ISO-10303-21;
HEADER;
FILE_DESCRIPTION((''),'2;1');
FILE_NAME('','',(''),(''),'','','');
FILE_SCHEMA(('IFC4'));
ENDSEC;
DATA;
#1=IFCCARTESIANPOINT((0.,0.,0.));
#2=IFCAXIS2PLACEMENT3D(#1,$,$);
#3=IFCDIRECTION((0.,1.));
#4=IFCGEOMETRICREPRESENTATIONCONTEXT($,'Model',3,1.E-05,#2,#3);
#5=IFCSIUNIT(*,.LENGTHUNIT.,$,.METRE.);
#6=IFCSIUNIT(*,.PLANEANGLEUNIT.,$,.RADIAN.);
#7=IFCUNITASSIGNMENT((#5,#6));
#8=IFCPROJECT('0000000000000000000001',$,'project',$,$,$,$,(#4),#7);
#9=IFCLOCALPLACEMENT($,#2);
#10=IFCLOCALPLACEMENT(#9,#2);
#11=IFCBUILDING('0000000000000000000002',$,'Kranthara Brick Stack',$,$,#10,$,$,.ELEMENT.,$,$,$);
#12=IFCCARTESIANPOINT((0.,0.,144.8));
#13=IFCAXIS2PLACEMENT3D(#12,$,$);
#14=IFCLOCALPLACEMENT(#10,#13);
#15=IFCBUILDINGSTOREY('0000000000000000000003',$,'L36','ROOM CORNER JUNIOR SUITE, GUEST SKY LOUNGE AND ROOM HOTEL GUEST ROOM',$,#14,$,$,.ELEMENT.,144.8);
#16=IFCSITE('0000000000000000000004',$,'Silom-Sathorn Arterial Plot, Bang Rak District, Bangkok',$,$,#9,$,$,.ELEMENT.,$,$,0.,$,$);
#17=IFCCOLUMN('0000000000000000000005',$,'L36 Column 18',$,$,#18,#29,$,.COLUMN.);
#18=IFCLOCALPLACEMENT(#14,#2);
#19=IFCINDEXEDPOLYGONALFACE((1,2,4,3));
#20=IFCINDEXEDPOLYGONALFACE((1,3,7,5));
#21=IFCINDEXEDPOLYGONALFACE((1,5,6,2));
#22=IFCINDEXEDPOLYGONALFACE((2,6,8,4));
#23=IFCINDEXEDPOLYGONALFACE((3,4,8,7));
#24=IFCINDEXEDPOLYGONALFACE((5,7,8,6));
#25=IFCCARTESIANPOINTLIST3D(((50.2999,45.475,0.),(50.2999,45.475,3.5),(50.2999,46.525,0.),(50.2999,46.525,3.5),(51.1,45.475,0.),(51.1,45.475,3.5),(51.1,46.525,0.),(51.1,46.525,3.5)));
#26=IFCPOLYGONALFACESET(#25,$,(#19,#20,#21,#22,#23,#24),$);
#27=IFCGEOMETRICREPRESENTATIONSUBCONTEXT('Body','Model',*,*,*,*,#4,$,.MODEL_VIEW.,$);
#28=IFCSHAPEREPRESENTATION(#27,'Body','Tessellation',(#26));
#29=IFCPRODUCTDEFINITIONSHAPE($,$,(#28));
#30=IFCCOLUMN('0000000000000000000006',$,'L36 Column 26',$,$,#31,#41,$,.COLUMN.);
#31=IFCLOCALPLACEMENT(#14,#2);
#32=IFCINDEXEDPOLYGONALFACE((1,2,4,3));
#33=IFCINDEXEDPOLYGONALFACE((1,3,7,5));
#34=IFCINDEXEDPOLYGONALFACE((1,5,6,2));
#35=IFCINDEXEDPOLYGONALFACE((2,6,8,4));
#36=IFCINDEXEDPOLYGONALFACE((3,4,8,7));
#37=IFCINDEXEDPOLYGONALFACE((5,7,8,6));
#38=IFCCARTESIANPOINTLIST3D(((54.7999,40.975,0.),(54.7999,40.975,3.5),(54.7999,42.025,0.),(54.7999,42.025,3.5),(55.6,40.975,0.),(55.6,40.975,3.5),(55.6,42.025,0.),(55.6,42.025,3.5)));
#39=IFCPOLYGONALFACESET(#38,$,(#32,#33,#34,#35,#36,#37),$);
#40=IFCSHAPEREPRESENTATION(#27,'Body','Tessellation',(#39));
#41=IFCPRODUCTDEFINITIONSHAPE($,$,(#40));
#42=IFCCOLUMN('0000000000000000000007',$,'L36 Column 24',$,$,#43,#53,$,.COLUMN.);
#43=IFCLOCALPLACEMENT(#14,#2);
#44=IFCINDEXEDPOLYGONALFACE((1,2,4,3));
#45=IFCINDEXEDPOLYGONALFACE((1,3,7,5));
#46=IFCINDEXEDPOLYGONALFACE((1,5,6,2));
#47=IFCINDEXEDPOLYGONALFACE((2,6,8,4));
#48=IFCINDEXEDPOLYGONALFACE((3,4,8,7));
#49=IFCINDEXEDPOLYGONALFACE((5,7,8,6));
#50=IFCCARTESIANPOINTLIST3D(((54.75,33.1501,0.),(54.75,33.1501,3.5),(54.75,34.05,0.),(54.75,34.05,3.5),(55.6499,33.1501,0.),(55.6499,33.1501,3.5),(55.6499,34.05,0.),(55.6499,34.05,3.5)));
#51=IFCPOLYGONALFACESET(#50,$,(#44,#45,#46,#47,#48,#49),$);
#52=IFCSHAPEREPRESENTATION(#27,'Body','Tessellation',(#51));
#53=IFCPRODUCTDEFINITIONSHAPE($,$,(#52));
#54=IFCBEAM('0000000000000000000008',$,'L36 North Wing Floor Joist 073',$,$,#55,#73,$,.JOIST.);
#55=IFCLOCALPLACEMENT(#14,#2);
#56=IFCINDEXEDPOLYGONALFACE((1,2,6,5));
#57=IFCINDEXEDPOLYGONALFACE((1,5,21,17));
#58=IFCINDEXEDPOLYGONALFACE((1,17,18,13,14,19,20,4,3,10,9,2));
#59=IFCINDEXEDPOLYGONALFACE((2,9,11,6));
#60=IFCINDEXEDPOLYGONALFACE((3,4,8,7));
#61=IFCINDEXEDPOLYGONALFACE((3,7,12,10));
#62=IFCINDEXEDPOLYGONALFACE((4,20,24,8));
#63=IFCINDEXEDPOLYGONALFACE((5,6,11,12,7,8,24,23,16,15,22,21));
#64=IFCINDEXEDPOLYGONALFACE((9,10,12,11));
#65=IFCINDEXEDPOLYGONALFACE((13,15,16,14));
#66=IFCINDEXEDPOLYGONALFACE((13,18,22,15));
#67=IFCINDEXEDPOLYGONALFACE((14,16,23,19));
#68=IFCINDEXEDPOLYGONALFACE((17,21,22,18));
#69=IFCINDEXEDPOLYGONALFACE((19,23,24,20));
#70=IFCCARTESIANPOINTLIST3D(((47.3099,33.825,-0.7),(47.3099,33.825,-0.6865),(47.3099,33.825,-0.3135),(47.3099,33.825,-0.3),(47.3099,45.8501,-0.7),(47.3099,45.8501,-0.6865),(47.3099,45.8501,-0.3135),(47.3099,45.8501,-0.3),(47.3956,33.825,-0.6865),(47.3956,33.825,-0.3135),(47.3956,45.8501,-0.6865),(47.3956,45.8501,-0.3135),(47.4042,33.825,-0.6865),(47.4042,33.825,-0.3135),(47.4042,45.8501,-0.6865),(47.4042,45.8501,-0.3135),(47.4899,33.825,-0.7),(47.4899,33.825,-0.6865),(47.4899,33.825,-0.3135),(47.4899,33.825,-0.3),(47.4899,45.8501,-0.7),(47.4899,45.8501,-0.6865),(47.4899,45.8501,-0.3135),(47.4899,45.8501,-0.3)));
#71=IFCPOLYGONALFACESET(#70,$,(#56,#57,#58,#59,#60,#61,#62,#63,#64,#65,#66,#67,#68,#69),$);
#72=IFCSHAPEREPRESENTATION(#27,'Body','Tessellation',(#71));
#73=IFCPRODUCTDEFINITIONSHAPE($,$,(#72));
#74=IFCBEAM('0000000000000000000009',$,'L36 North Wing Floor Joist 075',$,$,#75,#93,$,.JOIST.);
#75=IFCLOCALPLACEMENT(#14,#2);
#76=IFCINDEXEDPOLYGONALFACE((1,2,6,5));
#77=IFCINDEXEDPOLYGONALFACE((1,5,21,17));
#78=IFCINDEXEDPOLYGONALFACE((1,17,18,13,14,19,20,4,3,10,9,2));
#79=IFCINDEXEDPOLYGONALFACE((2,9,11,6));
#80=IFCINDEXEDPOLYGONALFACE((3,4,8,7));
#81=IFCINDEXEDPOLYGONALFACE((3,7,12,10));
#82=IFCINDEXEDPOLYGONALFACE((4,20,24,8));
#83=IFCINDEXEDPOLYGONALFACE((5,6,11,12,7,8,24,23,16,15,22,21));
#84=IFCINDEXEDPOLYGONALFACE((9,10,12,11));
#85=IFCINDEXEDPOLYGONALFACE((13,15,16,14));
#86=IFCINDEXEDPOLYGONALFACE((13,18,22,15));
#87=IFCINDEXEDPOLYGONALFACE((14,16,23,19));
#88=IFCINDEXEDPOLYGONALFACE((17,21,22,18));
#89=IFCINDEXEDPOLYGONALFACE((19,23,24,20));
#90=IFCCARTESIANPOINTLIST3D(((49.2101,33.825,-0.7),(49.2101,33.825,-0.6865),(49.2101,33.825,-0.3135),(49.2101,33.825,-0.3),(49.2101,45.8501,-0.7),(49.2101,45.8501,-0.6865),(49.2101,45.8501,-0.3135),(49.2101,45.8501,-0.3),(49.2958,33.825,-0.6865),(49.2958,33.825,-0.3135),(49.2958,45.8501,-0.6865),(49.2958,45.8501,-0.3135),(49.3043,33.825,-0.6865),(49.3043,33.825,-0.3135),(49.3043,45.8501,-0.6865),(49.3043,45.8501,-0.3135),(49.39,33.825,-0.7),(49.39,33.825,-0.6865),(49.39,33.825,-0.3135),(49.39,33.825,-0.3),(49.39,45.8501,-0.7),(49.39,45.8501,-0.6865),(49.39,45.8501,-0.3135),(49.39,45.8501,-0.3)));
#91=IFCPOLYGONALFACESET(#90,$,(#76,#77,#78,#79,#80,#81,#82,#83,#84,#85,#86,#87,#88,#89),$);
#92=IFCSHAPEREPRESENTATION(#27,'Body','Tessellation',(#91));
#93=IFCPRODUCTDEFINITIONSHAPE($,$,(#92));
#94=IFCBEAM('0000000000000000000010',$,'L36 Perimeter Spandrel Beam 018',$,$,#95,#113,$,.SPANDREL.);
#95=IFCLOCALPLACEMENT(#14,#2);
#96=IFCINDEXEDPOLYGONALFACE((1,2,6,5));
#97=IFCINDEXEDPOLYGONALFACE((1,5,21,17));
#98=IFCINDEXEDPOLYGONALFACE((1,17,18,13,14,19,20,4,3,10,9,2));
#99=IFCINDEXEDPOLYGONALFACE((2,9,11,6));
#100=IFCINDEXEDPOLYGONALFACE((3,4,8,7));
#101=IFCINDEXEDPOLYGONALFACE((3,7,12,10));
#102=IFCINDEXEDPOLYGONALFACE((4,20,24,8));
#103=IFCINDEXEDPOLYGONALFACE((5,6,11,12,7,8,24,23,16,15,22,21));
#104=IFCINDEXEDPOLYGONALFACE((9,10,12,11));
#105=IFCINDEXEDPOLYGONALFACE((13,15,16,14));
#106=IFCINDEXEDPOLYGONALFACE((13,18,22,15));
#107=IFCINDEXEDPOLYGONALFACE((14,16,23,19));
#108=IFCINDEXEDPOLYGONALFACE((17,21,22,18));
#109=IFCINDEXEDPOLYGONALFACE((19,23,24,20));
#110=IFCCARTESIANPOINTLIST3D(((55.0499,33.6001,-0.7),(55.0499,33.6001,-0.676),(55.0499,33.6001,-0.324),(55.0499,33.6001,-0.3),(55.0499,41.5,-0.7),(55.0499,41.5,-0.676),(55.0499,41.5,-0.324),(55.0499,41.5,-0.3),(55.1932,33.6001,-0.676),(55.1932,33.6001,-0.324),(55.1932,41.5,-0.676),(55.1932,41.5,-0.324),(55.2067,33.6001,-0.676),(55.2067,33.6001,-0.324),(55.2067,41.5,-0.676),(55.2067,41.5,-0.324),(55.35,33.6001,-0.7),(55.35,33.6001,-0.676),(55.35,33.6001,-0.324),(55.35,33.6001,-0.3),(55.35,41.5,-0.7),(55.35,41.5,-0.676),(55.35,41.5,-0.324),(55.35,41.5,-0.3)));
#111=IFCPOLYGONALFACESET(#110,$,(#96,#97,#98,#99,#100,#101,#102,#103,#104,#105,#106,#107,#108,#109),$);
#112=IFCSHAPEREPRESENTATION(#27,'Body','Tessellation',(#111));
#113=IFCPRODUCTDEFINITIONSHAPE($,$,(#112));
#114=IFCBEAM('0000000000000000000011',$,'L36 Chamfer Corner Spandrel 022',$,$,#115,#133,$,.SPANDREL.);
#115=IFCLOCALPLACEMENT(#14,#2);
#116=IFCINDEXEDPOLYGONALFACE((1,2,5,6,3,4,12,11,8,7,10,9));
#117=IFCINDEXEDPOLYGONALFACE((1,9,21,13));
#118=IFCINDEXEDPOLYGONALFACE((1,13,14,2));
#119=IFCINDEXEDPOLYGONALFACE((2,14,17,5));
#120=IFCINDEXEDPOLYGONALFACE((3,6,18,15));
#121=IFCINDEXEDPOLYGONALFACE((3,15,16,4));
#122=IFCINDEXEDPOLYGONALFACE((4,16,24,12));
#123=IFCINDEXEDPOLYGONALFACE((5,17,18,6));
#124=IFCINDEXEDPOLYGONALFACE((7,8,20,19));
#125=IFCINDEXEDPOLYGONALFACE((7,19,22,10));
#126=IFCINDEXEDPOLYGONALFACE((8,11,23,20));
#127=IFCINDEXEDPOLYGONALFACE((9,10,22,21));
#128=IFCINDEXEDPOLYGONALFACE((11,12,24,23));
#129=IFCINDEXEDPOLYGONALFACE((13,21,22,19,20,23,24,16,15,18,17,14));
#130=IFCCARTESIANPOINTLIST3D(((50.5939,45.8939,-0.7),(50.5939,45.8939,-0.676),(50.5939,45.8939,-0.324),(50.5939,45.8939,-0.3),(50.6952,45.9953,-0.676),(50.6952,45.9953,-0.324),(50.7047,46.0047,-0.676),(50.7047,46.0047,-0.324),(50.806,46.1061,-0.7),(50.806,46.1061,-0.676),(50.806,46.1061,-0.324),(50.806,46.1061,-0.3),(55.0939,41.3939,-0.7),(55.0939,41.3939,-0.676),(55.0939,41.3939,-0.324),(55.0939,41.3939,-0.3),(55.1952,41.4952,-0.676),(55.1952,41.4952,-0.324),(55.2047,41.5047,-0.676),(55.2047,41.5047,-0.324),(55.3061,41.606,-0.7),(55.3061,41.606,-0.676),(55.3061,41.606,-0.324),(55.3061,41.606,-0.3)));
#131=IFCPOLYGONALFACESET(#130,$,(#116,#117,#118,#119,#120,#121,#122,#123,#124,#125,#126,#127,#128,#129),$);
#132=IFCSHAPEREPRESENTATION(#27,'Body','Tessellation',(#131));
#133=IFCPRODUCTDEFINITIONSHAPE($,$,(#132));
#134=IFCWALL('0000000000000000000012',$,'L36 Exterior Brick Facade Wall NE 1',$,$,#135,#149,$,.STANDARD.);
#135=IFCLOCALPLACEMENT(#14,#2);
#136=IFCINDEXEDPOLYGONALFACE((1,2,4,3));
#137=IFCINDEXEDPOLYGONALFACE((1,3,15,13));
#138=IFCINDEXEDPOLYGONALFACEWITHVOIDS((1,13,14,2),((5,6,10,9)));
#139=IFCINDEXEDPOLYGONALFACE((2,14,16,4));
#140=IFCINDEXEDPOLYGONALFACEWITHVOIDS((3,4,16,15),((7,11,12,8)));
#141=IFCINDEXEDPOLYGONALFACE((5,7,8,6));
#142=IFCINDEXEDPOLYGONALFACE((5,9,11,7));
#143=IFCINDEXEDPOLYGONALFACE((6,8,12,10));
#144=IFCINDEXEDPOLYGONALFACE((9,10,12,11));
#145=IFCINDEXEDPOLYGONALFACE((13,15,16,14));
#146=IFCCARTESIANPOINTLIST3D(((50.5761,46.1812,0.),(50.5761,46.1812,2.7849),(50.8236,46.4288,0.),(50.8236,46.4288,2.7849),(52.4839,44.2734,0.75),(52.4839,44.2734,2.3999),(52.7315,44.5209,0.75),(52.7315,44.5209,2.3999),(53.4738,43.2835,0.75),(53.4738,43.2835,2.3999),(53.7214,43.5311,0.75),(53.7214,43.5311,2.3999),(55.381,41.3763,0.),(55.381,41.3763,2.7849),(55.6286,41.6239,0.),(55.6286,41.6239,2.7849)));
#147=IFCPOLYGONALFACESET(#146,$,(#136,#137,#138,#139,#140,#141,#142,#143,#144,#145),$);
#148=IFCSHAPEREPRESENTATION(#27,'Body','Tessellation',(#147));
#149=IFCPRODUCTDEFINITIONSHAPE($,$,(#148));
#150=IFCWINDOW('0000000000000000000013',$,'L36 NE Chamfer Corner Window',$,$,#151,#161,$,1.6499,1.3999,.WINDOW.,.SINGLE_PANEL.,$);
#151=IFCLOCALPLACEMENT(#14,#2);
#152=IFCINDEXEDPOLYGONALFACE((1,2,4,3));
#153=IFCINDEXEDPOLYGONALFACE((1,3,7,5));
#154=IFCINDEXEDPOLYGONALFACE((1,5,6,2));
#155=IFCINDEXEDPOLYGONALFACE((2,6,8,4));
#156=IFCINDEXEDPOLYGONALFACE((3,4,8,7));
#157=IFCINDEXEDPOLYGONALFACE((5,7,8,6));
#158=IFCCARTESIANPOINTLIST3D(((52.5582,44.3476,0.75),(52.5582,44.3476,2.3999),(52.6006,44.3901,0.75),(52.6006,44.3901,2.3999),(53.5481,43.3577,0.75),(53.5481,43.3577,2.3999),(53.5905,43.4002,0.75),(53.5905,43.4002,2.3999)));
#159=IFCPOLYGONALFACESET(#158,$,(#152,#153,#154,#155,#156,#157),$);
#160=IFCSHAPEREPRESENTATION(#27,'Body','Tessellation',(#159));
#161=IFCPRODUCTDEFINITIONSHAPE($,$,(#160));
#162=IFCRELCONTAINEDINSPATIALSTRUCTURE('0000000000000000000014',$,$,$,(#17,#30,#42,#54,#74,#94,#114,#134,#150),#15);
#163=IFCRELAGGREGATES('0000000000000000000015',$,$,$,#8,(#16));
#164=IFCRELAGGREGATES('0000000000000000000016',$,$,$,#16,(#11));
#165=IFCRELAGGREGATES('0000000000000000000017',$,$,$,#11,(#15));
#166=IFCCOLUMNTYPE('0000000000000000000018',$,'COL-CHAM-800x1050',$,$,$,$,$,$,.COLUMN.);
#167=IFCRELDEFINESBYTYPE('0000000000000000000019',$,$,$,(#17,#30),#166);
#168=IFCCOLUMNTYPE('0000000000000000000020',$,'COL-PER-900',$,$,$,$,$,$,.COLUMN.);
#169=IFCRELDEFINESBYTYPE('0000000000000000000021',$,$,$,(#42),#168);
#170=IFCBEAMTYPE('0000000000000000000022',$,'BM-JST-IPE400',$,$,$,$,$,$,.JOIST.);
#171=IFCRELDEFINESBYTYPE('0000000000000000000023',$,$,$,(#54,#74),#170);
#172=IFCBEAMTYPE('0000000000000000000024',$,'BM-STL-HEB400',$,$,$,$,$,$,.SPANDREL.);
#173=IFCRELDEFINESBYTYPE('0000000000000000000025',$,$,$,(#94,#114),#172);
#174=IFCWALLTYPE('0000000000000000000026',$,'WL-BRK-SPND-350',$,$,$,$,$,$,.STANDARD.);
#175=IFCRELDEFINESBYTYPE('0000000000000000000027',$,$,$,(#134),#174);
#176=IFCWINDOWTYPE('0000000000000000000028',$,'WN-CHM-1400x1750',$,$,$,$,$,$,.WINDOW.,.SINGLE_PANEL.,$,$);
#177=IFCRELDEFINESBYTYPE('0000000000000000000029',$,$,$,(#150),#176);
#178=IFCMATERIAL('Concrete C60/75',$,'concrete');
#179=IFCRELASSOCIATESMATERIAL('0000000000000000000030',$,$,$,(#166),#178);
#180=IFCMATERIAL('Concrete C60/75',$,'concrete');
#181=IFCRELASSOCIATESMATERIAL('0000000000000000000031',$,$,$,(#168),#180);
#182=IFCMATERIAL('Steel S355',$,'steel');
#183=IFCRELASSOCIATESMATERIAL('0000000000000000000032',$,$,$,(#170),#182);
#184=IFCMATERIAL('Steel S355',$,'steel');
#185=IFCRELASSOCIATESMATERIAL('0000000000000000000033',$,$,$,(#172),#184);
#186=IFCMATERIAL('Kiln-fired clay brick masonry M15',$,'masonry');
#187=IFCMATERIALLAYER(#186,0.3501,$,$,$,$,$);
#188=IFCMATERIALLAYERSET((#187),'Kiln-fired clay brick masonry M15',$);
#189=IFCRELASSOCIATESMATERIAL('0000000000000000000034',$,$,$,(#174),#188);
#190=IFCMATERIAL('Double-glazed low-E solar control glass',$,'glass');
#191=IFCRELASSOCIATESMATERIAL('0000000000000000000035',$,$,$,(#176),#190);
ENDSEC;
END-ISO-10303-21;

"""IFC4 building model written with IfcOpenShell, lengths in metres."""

from ifc_helpers import new_model, si_unit, direction, frame, frame_2d, origin, origin_2d, place, context, subcontext, project, spatial, rectangle, i_section, extrude, material, layer, layer_set, material_profile, profile_set, type_object, element, fill, save


model = new_model("IFC4")

# Units and contexts
model_context = context("Model", 3, precision=1e-05, world=origin(), true_north=direction((0.0, 1.0)))
body_context = subcontext(model_context, "Body", "Model", "MODEL_VIEW")
ifc_project = project(units=[si_unit("LENGTHUNIT", "METRE"), si_unit("PLANEANGLEUNIT", "RADIAN")], contexts=[model_context])

# Site, building, storey
site_placement = place(None, origin())
site = spatial("IfcSite", under=ifc_project, at=site_placement, Name="Silom-Sathorn Arterial Plot, Bang Rak District, Bangkok", CompositionType="ELEMENT", RefElevation=0.0)
building_placement = place(site_placement, origin())
building = spatial("IfcBuilding", under=site, at=building_placement, Name="Kranthara Brick Stack", CompositionType="ELEMENT")
storey_placement = place(building_placement, frame((0.0, 0.0, 144.8)))
storey = spatial("IfcBuildingStorey", under=building, at=storey_placement, Name="L36", Description="ROOM CORNER JUNIOR SUITE, GUEST SKY LOUNGE AND ROOM HOTEL GUEST ROOM", CompositionType="ELEMENT", Elevation=144.8)

# Columns
ifc_material_1 = material(Name="Concrete C60/75", Category="concrete")
ifc_material_profile_1 = material_profile(ifc_material_1, rectangle(XDim=0.8, YDim=1.05, at=origin_2d()), Name="RC 800x1050")
ifc_profile_set_1 = profile_set([ifc_material_profile_1], Name="Concrete C60/75")
column_type_1 = type_object("IfcColumnType", Name="COL-CHAM-800x1050", PredefinedType="COLUMN", material=ifc_profile_set_1)
for number, where, z_axis, x_axis, name in (
    (1, (50.7, 46.0, 0.0), (0.0, 0.0, 1.0), (1.0, 0.0, 0.0), "L36 Column 18"),
    (2, (55.2, 41.5, 0.0), (0.0, 0.0, 1.0), (1.0, 0.0, 0.0), "L36 Column 26"),
):
    element("IfcColumn", number, at=place(storey_placement, frame(where, z_axis=z_axis, x_axis=x_axis)), inside=storey, type_object=column_type_1, Name=name, PredefinedType="COLUMN", context=body_context, shape_type="SweptSolid", body=[
        extrude(rectangle(XDim=0.8, YDim=1.05, at=origin_2d()), origin(), (0.0, 0.0, 1.0), 3.5),
    ])
ifc_material_2 = material(Name="Concrete C60/75", Category="concrete")
ifc_material_profile_2 = material_profile(ifc_material_2, rectangle(XDim=0.8999, YDim=0.8999, at=origin_2d()), Name="RC 900x900")
ifc_profile_set_2 = profile_set([ifc_material_profile_2], Name="Concrete C60/75")
column_type_2 = type_object("IfcColumnType", Name="COL-PER-900", PredefinedType="COLUMN", material=ifc_profile_set_2)
column_placement = place(storey_placement, frame((55.2, 33.6001, 0.0), z_axis=(0.0, 0.0, 1.0), x_axis=(1.0, 0.0, 0.0)))
element("IfcColumn", 3, at=column_placement, inside=storey, type_object=column_type_2, Name="L36 Column 24", PredefinedType="COLUMN", context=body_context, shape_type="SweptSolid", body=[
    extrude(rectangle(XDim=0.8999, YDim=0.8999, at=origin_2d()), origin(), (0.0, 0.0, 1.0), 3.5),
])

# Beams
ifc_material_3 = material(Name="Steel S355", Category="steel")
ifc_material_profile_3 = material_profile(ifc_material_3, i_section(OverallWidth=0.1799, OverallDepth=0.3999, WebThickness=0.0085, FlangeThickness=0.0134, at=origin_2d()), Name="IPE 400")
ifc_profile_set_3 = profile_set([ifc_material_profile_3], Name="Steel S355")
beam_type_1 = type_object("IfcBeamType", Name="BM-JST-IPE400", PredefinedType="JOIST", material=ifc_profile_set_3)
for number, where, z_axis, x_axis, name in (
    (4, (47.3999, 33.825, -0.5), (0.0, 1.0, 0.0), (-1.0, 0.0, 0.0), "L36 North Wing Floor Joist 073"),
    (5, (49.3, 33.825, -0.5), (0.0, 1.0, 0.0), (-1.0, 0.0, 0.0), "L36 North Wing Floor Joist 075"),
):
    element("IfcBeam", number, at=place(storey_placement, frame(where, z_axis=z_axis, x_axis=x_axis)), inside=storey, type_object=beam_type_1, Name=name, PredefinedType="JOIST", context=body_context, shape_type="SweptSolid", body=[
        extrude(i_section(OverallWidth=0.1799, OverallDepth=0.3999, WebThickness=0.0085, FlangeThickness=0.0134, at=origin_2d()), origin(), (0.0, 0.0, 1.0), 12.0251),
    ])
ifc_material_4 = material(Name="Steel S355", Category="steel")
ifc_material_profile_4 = material_profile(ifc_material_4, i_section(OverallWidth=0.3, OverallDepth=0.3999, WebThickness=0.0134, FlangeThickness=0.0239, at=origin_2d()), Name="HEB 400")
ifc_profile_set_4 = profile_set([ifc_material_profile_4], Name="Steel S355")
beam_type_2 = type_object("IfcBeamType", Name="BM-STL-HEB400", PredefinedType="SPANDREL", material=ifc_profile_set_4)
beam_1_placement = place(storey_placement, frame((55.2, 33.6001, -0.5), z_axis=(0.0, 1.0, 0.0), x_axis=(-1.0, 0.0, 0.0)))
element("IfcBeam", 6, at=beam_1_placement, inside=storey, type_object=beam_type_2, Name="L36 Perimeter Spandrel Beam 018", PredefinedType="SPANDREL", context=body_context, shape_type="SweptSolid", body=[
    extrude(i_section(OverallWidth=0.3, OverallDepth=0.3999, WebThickness=0.0134, FlangeThickness=0.0239, at=origin_2d()), origin(), (0.0, 0.0, 1.0), 7.8999),
])
beam_2_placement = place(storey_placement, frame((50.7, 46.0, -0.5), z_axis=(0.707107, -0.707107, 0.0), x_axis=(0.707107, 0.707107, 0.0)))
element("IfcBeam", 7, at=beam_2_placement, inside=storey, type_object=beam_type_2, Name="L36 Chamfer Corner Spandrel 022", PredefinedType="SPANDREL", context=body_context, shape_type="SweptSolid", body=[
    extrude(i_section(OverallWidth=0.3, OverallDepth=0.3999, WebThickness=0.0134, FlangeThickness=0.0239, at=origin_2d()), origin(), (0.0, 0.0, 1.0), 6.364),
])

# Wall, opening, window
ifc_material_5 = material(Name="Kiln-fired clay brick masonry M15", Category="masonry")
ifc_layer_1 = layer(ifc_material_5, 0.3501)
ifc_layer_set_1 = layer_set([ifc_layer_1], Name="Kiln-fired clay brick masonry M15")
wall_type_1 = type_object("IfcWallType", Name="WL-BRK-SPND-350", PredefinedType="STANDARD", material=ifc_layer_set_1)
wall_1_placement = place(storey_placement, frame((50.7, 46.3049, 0.0), z_axis=(0.0, 0.0, 1.0), x_axis=(0.707107, -0.707107, 0.0)))
wall_1 = element("IfcWall", 8, at=wall_1_placement, inside=storey, type_object=wall_type_1, Name="L36 Exterior Brick Facade Wall NE 1", PredefinedType="STANDARD", context=body_context, shape_type="SweptSolid", body=[
    extrude(rectangle(XDim=6.7952, YDim=0.3501, at=frame_2d((3.3975, 0.0))), origin(), (0.0, 0.0, 1.0), 2.7849),
])
opening_1_placement = place(wall_1_placement, frame((2.698, 0.0, 0.75)))
opening_1 = element("IfcOpeningElement", 9, at=opening_1_placement, cuts=wall_1, PredefinedType="OPENING", context=body_context, shape_type="SweptSolid", body=[
    extrude(rectangle(XDim=1.3999, YDim=1.6499, at=frame_2d((0.7, 0.825))), frame((0.0, 0.1851, 0.0), z_axis=(0.0, -1.0, 0.0), x_axis=(1.0, 0.0, 0.0)), (0.0, 0.0, 1.0), 0.3701),
])
ifc_material_6 = material(Name="Double-glazed low-E solar control glass", Category="glass")
window_type_1 = type_object("IfcWindowType", Name="WN-CHM-1400x1750", PartitioningType="SINGLE_PANEL", PredefinedType="WINDOW", material=ifc_material_6)
window_1_placement = place(opening_1_placement, origin())
window_1 = element("IfcWindow", 10, at=window_1_placement, inside=storey, type_object=window_type_1, Name="L36 NE Chamfer Corner Window", OverallHeight=1.6499, OverallWidth=1.3999, PartitioningType="SINGLE_PANEL", PredefinedType="WINDOW", context=body_context, shape_type="SweptSolid", body=[
    extrude(rectangle(XDim=1.3999, YDim=1.6499, at=frame_2d((0.7, 0.825))), frame((0.0, -0.01, 0.0), z_axis=(0.0, -1.0, 0.0), x_axis=(1.0, 0.0, 0.0)), (0.0, 0.0, 1.0), 0.0601),
])
fill(opening_1, window_1)

save(model, "model.ifc")
